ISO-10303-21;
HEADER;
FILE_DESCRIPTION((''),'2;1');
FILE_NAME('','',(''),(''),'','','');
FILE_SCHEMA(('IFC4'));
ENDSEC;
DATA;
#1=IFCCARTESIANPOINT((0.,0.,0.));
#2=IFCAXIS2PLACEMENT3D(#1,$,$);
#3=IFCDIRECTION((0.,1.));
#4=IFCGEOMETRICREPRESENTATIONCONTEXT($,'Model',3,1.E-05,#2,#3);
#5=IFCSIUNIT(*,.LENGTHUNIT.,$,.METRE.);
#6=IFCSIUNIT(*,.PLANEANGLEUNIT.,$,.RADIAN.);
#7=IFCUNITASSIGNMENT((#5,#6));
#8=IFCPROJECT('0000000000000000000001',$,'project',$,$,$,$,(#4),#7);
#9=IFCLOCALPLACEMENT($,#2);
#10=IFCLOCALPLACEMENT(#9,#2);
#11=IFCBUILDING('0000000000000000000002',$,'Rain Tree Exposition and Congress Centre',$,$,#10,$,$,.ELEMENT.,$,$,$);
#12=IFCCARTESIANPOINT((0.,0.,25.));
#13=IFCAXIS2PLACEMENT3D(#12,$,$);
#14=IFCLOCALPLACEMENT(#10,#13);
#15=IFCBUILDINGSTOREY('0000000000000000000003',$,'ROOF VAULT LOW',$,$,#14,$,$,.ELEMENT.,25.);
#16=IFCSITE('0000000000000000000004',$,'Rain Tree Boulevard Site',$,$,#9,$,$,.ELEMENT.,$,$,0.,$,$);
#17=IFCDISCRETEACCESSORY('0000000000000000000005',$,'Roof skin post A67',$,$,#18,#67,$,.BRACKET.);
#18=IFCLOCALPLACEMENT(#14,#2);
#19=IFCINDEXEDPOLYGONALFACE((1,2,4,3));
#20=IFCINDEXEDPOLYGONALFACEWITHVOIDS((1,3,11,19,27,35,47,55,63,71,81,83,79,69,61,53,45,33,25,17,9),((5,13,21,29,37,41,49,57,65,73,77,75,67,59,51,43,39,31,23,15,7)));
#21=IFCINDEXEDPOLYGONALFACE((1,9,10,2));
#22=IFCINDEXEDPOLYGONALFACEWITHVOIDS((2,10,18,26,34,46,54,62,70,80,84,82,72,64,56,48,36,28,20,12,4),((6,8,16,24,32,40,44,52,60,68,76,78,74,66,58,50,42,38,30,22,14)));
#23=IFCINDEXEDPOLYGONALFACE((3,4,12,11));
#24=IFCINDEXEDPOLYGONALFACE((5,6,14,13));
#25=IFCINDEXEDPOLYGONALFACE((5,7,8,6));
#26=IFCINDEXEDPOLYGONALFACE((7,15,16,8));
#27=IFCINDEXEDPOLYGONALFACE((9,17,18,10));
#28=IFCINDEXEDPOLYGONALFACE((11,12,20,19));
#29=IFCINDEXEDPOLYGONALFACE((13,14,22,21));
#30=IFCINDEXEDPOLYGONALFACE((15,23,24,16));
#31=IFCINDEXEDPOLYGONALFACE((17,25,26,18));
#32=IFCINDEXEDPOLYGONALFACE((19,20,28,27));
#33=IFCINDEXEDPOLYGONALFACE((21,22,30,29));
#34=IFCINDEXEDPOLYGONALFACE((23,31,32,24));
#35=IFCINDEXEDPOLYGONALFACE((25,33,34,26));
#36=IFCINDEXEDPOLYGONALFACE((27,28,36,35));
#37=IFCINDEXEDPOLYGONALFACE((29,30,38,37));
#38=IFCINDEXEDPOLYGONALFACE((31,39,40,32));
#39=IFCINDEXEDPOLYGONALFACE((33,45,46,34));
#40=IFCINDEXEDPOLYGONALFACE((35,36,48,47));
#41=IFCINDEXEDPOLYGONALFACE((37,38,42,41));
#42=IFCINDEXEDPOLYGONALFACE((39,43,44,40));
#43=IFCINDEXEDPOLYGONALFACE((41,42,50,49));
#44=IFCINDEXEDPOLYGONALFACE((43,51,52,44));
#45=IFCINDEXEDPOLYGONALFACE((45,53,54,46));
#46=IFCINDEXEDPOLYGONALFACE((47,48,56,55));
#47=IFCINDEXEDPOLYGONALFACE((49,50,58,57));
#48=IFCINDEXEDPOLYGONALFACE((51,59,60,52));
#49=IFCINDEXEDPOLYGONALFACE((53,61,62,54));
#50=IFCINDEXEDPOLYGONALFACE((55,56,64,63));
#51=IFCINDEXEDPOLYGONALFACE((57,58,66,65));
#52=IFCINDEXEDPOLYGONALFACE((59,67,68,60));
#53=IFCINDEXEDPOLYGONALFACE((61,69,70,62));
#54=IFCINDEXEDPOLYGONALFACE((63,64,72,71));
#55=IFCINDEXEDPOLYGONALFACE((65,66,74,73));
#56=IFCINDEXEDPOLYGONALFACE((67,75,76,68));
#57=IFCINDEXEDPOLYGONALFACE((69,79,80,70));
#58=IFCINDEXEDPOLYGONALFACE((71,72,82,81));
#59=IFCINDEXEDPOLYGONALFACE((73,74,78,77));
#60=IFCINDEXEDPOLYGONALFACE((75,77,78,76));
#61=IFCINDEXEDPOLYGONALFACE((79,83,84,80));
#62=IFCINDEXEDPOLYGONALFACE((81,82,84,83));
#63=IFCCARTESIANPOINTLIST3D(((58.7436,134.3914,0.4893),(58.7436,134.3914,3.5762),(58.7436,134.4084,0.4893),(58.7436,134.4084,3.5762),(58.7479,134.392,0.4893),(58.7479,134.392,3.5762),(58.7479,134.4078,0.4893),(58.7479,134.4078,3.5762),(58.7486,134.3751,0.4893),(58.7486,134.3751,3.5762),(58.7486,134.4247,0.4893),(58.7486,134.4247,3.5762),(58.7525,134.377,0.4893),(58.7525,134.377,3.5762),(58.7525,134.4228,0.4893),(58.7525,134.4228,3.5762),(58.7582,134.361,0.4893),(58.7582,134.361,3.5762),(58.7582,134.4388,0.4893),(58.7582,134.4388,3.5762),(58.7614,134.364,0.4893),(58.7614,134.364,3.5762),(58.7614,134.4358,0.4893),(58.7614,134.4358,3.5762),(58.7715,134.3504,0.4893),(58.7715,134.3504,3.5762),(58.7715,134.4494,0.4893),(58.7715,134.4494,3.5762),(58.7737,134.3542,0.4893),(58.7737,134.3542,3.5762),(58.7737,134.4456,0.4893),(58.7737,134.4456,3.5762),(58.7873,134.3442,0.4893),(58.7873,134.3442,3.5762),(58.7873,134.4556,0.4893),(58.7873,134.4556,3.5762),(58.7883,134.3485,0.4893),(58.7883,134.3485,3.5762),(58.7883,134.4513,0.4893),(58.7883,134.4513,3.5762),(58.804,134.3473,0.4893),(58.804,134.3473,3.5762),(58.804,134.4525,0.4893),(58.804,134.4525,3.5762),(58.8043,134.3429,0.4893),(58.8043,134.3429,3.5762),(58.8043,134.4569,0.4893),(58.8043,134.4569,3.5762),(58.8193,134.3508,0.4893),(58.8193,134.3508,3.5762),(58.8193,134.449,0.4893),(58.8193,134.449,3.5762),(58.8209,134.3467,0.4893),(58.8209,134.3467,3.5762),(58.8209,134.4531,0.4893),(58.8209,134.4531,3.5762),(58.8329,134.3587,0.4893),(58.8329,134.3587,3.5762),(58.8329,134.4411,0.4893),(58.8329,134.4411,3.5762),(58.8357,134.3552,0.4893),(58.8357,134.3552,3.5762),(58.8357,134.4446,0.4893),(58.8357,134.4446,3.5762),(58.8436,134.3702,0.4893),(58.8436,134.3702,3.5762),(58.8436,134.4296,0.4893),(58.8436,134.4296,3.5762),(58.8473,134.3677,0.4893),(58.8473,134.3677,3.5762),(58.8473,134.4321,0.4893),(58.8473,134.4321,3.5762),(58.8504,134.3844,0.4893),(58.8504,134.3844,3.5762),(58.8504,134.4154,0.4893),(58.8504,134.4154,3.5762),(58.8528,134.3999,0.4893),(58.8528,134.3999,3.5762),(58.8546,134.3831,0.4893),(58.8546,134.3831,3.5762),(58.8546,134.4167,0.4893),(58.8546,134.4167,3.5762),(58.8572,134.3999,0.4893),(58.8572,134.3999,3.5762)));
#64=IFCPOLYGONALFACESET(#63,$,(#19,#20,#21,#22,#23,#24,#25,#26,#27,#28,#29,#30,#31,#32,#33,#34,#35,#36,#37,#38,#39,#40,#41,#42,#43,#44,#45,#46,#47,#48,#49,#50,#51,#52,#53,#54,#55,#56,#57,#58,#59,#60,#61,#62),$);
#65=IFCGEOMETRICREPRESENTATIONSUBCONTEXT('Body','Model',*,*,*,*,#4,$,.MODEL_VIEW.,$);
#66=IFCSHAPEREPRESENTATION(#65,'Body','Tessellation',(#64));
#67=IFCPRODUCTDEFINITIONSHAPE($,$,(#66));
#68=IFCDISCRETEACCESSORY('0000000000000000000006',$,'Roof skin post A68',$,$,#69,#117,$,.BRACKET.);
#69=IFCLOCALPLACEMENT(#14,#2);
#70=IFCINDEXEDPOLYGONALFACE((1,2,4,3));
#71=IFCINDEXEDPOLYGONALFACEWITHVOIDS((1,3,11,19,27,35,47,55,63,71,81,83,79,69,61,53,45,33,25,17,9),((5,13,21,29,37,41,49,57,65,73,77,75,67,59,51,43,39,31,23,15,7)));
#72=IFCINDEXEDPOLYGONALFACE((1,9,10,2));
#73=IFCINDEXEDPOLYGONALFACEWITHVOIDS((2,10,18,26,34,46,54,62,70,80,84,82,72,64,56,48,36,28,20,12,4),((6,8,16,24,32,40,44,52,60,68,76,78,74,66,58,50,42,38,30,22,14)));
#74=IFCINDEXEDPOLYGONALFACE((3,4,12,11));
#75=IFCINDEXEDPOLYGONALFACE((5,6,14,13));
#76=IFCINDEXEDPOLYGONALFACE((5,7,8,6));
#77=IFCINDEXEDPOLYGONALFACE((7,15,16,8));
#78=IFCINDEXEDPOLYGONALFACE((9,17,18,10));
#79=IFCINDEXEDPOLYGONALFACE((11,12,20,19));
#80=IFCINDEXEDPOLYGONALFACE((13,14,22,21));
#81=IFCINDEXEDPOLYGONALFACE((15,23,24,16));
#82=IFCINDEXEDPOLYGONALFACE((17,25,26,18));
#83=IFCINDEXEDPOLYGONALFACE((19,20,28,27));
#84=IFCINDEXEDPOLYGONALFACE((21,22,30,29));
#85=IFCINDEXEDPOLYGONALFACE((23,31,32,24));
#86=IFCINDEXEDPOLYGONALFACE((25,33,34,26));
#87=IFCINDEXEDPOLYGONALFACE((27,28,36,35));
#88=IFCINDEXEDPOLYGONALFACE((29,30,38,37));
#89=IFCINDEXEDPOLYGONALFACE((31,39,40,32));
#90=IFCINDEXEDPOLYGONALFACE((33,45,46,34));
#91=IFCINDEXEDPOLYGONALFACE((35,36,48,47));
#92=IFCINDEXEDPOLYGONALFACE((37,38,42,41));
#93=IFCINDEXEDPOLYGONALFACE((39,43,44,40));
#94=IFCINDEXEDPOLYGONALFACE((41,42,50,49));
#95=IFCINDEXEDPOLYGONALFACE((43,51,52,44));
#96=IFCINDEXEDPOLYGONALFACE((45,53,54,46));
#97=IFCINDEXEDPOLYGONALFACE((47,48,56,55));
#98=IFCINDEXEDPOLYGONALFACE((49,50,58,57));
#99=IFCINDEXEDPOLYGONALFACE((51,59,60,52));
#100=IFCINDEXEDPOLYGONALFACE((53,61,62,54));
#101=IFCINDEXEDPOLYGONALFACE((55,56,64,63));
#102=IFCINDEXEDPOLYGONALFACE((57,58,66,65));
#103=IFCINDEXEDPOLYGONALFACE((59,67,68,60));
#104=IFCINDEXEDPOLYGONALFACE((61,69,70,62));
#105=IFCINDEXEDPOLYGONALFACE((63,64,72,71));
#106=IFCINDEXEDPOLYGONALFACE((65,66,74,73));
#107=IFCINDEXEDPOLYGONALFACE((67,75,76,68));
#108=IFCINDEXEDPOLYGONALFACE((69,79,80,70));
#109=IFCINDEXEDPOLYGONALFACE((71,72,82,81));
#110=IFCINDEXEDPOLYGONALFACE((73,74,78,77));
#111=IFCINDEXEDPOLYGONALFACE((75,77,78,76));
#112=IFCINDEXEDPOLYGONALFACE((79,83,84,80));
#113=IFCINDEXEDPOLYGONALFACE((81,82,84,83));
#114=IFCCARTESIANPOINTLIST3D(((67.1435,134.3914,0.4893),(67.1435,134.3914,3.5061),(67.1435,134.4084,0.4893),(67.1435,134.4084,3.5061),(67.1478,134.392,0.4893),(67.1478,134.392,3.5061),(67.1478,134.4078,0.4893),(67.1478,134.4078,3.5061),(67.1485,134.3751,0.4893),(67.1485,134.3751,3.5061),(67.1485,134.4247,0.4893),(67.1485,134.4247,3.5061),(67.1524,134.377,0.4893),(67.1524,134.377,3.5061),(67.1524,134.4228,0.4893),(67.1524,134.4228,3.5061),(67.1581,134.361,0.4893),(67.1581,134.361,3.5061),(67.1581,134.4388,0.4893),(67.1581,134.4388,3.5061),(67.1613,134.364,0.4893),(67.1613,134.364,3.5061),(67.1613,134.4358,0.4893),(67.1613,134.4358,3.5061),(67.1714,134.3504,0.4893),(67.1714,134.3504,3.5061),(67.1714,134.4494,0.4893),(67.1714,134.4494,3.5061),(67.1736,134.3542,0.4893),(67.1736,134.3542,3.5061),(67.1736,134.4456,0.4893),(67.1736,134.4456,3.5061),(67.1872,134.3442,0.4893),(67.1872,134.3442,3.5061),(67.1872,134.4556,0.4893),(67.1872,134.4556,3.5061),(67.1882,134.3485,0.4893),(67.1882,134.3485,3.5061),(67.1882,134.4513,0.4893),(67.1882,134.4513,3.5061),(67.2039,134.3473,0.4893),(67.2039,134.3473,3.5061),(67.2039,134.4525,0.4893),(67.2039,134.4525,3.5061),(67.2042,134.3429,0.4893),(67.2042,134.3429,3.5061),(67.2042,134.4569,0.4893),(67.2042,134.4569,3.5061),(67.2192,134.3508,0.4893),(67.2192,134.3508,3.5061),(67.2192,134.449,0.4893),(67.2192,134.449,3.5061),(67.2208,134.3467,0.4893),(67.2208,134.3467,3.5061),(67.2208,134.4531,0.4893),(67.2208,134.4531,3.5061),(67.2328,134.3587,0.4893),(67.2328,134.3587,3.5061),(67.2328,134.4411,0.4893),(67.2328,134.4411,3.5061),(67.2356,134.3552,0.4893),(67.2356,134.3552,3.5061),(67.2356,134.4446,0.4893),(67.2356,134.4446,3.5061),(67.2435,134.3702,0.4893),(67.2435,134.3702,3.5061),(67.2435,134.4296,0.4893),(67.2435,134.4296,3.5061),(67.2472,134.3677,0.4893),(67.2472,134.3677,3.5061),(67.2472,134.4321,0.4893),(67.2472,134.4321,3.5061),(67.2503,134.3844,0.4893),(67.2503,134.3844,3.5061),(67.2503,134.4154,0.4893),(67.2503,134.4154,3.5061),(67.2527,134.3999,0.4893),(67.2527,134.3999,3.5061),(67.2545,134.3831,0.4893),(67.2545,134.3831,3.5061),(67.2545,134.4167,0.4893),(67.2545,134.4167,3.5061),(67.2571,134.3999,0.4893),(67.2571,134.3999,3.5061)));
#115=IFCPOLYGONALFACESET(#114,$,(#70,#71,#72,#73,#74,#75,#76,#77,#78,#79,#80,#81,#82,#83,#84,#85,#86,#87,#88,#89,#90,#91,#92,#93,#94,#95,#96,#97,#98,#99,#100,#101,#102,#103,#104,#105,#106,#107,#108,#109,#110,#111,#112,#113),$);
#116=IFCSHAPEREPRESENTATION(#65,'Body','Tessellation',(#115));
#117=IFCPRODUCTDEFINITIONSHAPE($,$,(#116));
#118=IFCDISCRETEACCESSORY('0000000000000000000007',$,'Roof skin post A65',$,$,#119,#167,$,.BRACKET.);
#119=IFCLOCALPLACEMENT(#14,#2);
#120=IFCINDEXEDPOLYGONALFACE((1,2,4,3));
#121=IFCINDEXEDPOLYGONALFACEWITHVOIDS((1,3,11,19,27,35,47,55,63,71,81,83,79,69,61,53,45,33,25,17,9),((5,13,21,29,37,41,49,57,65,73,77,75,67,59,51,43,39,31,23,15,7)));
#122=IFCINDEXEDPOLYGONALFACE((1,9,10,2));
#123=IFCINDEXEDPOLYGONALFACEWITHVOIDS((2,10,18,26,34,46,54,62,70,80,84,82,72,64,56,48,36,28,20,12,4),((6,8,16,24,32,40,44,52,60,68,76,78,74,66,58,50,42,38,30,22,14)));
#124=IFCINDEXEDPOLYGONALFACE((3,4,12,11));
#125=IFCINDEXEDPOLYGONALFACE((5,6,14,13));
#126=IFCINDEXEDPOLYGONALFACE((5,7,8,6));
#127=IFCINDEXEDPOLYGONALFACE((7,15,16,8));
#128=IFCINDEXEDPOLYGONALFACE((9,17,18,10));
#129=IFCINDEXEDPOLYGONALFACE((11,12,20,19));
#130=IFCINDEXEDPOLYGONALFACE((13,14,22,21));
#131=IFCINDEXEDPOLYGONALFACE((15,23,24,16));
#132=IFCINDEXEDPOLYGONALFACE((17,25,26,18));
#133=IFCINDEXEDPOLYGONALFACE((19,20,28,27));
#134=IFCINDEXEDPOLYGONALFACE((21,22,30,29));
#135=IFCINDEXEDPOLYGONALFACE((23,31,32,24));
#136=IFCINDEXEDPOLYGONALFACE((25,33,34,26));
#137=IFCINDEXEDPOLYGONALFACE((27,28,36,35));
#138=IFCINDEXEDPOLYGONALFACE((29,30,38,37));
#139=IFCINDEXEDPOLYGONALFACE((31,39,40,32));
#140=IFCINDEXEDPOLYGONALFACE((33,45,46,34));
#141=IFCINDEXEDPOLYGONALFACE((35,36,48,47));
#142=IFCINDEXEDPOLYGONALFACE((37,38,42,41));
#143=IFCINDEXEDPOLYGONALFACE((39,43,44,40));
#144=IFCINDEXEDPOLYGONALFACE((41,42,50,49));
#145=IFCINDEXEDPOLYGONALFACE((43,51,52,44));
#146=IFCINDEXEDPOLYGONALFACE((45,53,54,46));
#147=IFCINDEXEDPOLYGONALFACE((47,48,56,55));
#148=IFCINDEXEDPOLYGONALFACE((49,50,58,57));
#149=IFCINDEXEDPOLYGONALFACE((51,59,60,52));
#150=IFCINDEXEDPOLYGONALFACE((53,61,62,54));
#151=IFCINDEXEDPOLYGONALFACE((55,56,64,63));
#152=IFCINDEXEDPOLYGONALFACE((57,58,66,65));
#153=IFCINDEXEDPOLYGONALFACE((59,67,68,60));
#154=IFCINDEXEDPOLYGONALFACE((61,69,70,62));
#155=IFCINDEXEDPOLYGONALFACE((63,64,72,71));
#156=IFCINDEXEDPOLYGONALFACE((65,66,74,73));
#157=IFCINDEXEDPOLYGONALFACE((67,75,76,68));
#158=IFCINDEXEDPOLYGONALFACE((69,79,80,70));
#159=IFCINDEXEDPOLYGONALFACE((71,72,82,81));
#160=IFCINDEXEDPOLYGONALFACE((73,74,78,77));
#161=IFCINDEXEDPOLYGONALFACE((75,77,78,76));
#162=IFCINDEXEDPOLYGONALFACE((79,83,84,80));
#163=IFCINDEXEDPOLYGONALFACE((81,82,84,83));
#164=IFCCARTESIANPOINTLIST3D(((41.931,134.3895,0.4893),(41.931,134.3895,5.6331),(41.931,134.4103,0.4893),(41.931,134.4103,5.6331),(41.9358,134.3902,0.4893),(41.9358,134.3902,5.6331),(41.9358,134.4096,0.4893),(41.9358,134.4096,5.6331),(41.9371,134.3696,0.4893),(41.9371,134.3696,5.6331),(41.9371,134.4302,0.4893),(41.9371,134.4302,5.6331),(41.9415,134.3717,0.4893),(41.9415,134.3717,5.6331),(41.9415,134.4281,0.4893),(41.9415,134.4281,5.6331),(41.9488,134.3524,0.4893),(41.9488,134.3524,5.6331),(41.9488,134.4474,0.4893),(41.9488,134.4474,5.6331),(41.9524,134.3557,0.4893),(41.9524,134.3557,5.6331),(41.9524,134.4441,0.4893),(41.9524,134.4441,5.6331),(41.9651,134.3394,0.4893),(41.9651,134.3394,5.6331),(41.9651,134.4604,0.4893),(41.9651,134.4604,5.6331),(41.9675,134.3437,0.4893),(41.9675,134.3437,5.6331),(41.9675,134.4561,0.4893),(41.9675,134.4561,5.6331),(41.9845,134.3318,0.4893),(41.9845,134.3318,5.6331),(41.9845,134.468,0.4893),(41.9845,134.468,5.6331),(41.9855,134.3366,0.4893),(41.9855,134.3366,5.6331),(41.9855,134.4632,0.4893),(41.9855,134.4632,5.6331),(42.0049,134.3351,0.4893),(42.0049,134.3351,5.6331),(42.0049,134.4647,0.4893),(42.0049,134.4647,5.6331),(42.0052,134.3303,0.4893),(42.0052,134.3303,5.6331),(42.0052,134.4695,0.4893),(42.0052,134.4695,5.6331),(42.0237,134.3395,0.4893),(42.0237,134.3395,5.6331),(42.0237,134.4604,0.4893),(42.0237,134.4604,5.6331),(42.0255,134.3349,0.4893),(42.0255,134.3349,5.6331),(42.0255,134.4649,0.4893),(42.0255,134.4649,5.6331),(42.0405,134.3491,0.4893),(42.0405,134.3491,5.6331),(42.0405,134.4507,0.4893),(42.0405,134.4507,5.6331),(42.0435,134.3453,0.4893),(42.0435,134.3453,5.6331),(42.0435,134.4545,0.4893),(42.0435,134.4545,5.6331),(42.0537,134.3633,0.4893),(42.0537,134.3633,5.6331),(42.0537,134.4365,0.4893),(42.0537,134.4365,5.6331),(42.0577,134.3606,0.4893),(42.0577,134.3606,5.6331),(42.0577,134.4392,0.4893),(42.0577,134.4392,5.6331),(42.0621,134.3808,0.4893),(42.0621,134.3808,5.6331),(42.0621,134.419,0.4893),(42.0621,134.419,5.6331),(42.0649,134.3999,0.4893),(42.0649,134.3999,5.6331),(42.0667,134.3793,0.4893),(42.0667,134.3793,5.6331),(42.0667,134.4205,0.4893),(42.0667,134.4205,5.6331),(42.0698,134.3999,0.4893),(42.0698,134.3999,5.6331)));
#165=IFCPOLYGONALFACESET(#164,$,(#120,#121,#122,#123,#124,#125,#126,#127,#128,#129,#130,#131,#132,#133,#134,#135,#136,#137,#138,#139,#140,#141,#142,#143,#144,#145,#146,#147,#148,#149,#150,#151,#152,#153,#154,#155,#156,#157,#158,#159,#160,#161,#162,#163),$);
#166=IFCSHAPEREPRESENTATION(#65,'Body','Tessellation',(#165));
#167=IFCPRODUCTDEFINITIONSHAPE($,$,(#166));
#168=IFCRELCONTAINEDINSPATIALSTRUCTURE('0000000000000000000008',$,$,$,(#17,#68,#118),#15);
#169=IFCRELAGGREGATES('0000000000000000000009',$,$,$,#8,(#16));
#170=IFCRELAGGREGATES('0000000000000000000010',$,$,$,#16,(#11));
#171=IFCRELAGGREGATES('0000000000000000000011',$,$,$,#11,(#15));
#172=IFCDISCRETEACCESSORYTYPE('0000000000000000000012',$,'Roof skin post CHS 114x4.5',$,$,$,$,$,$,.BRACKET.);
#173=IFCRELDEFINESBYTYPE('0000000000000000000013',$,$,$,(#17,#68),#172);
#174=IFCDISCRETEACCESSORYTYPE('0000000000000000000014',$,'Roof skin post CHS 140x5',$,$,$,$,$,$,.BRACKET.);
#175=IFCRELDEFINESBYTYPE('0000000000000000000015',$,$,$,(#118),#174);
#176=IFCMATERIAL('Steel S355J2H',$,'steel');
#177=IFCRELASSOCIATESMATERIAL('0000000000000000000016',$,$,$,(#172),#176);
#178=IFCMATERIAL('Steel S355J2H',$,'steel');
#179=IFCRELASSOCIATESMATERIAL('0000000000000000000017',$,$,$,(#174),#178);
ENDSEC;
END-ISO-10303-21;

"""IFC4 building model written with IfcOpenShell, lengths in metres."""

from ifc_helpers import new_model, si_unit, direction, frame, origin, origin_2d, place, context, subcontext, project, spatial, hollow_circle, extrude, material, material_profile, profile_set, type_object, element, save


model = new_model("IFC4")

# Units and contexts
model_context = context("Model", 3, precision=1e-05, world=origin(), true_north=direction((0.0, 1.0)))
body_context = subcontext(model_context, "Body", "Model", "MODEL_VIEW")
ifc_project = project(units=[si_unit("LENGTHUNIT", "METRE"), si_unit("PLANEANGLEUNIT", "RADIAN")], contexts=[model_context])

# Site, building, storey
site_placement = place(None, origin())
site = spatial("IfcSite", under=ifc_project, at=site_placement, Name="Rain Tree Boulevard Site", CompositionType="ELEMENT", RefElevation=0.0)
building_placement = place(site_placement, origin())
building = spatial("IfcBuilding", under=site, at=building_placement, Name="Rain Tree Exposition and Congress Centre", CompositionType="ELEMENT")
storey_placement = place(building_placement, frame((0.0, 0.0, 25.0)))
storey = spatial("IfcBuildingStorey", under=building, at=storey_placement, Name="ROOF VAULT LOW", CompositionType="ELEMENT", Elevation=25.0)

# Discrete accessories
ifc_material_1 = material(Name="Steel S355J2H", Category="steel")
ifc_material_profile_1 = material_profile(ifc_material_1, hollow_circle(Radius=0.0571, WallThickness=0.0044, at=origin_2d()), Name="CHS 114x4.5")
ifc_profile_set_1 = profile_set([ifc_material_profile_1], Name="Steel S355J2H")
discrete_accessory_type_1 = type_object("IfcDiscreteAccessoryType", Name="Roof skin post CHS 114x4.5", PredefinedType="BRACKET", material=ifc_profile_set_1)
discrete_accessory_1_placement = place(storey_placement, frame((58.8, 134.3999, 0.4893), z_axis=(0.0, 0.0, 1.0), x_axis=(1.0, 0.0, 0.0)))
element("IfcDiscreteAccessory", 1, at=discrete_accessory_1_placement, inside=storey, type_object=discrete_accessory_type_1, Name="Roof skin post A67", PredefinedType="BRACKET", context=body_context, shape_type="SweptSolid", body=[
    extrude(hollow_circle(Radius=0.0571, WallThickness=0.0044, at=origin_2d()), origin(), (0.0, 0.0, 1.0), 3.0869),
])
discrete_accessory_2_placement = place(storey_placement, frame((67.2, 134.3999, 0.4893), z_axis=(0.0, 0.0, 1.0), x_axis=(1.0, 0.0, 0.0)))
element("IfcDiscreteAccessory", 2, at=discrete_accessory_2_placement, inside=storey, type_object=discrete_accessory_type_1, Name="Roof skin post A68", PredefinedType="BRACKET", context=body_context, shape_type="SweptSolid", body=[
    extrude(hollow_circle(Radius=0.0571, WallThickness=0.0044, at=origin_2d()), origin(), (0.0, 0.0, 1.0), 3.0168),
])
ifc_material_2 = material(Name="Steel S355J2H", Category="steel")
ifc_material_profile_2 = material_profile(ifc_material_2, hollow_circle(Radius=0.0698, WallThickness=0.0049, at=origin_2d()), Name="CHS 140x5")
ifc_profile_set_2 = profile_set([ifc_material_profile_2], Name="Steel S355J2H")
discrete_accessory_type_2 = type_object("IfcDiscreteAccessoryType", Name="Roof skin post CHS 140x5", PredefinedType="BRACKET", material=ifc_profile_set_2)
discrete_accessory_3_placement = place(storey_placement, frame((42.0, 134.3999, 0.4893), z_axis=(0.0, 0.0, 1.0), x_axis=(1.0, 0.0, 0.0)))
element("IfcDiscreteAccessory", 3, at=discrete_accessory_3_placement, inside=storey, type_object=discrete_accessory_type_2, Name="Roof skin post A65", PredefinedType="BRACKET", context=body_context, shape_type="SweptSolid", body=[
    extrude(hollow_circle(Radius=0.0698, WallThickness=0.0049, at=origin_2d()), origin(), (0.0, 0.0, 1.0), 5.1438),
])

save(model, "model.ifc")
